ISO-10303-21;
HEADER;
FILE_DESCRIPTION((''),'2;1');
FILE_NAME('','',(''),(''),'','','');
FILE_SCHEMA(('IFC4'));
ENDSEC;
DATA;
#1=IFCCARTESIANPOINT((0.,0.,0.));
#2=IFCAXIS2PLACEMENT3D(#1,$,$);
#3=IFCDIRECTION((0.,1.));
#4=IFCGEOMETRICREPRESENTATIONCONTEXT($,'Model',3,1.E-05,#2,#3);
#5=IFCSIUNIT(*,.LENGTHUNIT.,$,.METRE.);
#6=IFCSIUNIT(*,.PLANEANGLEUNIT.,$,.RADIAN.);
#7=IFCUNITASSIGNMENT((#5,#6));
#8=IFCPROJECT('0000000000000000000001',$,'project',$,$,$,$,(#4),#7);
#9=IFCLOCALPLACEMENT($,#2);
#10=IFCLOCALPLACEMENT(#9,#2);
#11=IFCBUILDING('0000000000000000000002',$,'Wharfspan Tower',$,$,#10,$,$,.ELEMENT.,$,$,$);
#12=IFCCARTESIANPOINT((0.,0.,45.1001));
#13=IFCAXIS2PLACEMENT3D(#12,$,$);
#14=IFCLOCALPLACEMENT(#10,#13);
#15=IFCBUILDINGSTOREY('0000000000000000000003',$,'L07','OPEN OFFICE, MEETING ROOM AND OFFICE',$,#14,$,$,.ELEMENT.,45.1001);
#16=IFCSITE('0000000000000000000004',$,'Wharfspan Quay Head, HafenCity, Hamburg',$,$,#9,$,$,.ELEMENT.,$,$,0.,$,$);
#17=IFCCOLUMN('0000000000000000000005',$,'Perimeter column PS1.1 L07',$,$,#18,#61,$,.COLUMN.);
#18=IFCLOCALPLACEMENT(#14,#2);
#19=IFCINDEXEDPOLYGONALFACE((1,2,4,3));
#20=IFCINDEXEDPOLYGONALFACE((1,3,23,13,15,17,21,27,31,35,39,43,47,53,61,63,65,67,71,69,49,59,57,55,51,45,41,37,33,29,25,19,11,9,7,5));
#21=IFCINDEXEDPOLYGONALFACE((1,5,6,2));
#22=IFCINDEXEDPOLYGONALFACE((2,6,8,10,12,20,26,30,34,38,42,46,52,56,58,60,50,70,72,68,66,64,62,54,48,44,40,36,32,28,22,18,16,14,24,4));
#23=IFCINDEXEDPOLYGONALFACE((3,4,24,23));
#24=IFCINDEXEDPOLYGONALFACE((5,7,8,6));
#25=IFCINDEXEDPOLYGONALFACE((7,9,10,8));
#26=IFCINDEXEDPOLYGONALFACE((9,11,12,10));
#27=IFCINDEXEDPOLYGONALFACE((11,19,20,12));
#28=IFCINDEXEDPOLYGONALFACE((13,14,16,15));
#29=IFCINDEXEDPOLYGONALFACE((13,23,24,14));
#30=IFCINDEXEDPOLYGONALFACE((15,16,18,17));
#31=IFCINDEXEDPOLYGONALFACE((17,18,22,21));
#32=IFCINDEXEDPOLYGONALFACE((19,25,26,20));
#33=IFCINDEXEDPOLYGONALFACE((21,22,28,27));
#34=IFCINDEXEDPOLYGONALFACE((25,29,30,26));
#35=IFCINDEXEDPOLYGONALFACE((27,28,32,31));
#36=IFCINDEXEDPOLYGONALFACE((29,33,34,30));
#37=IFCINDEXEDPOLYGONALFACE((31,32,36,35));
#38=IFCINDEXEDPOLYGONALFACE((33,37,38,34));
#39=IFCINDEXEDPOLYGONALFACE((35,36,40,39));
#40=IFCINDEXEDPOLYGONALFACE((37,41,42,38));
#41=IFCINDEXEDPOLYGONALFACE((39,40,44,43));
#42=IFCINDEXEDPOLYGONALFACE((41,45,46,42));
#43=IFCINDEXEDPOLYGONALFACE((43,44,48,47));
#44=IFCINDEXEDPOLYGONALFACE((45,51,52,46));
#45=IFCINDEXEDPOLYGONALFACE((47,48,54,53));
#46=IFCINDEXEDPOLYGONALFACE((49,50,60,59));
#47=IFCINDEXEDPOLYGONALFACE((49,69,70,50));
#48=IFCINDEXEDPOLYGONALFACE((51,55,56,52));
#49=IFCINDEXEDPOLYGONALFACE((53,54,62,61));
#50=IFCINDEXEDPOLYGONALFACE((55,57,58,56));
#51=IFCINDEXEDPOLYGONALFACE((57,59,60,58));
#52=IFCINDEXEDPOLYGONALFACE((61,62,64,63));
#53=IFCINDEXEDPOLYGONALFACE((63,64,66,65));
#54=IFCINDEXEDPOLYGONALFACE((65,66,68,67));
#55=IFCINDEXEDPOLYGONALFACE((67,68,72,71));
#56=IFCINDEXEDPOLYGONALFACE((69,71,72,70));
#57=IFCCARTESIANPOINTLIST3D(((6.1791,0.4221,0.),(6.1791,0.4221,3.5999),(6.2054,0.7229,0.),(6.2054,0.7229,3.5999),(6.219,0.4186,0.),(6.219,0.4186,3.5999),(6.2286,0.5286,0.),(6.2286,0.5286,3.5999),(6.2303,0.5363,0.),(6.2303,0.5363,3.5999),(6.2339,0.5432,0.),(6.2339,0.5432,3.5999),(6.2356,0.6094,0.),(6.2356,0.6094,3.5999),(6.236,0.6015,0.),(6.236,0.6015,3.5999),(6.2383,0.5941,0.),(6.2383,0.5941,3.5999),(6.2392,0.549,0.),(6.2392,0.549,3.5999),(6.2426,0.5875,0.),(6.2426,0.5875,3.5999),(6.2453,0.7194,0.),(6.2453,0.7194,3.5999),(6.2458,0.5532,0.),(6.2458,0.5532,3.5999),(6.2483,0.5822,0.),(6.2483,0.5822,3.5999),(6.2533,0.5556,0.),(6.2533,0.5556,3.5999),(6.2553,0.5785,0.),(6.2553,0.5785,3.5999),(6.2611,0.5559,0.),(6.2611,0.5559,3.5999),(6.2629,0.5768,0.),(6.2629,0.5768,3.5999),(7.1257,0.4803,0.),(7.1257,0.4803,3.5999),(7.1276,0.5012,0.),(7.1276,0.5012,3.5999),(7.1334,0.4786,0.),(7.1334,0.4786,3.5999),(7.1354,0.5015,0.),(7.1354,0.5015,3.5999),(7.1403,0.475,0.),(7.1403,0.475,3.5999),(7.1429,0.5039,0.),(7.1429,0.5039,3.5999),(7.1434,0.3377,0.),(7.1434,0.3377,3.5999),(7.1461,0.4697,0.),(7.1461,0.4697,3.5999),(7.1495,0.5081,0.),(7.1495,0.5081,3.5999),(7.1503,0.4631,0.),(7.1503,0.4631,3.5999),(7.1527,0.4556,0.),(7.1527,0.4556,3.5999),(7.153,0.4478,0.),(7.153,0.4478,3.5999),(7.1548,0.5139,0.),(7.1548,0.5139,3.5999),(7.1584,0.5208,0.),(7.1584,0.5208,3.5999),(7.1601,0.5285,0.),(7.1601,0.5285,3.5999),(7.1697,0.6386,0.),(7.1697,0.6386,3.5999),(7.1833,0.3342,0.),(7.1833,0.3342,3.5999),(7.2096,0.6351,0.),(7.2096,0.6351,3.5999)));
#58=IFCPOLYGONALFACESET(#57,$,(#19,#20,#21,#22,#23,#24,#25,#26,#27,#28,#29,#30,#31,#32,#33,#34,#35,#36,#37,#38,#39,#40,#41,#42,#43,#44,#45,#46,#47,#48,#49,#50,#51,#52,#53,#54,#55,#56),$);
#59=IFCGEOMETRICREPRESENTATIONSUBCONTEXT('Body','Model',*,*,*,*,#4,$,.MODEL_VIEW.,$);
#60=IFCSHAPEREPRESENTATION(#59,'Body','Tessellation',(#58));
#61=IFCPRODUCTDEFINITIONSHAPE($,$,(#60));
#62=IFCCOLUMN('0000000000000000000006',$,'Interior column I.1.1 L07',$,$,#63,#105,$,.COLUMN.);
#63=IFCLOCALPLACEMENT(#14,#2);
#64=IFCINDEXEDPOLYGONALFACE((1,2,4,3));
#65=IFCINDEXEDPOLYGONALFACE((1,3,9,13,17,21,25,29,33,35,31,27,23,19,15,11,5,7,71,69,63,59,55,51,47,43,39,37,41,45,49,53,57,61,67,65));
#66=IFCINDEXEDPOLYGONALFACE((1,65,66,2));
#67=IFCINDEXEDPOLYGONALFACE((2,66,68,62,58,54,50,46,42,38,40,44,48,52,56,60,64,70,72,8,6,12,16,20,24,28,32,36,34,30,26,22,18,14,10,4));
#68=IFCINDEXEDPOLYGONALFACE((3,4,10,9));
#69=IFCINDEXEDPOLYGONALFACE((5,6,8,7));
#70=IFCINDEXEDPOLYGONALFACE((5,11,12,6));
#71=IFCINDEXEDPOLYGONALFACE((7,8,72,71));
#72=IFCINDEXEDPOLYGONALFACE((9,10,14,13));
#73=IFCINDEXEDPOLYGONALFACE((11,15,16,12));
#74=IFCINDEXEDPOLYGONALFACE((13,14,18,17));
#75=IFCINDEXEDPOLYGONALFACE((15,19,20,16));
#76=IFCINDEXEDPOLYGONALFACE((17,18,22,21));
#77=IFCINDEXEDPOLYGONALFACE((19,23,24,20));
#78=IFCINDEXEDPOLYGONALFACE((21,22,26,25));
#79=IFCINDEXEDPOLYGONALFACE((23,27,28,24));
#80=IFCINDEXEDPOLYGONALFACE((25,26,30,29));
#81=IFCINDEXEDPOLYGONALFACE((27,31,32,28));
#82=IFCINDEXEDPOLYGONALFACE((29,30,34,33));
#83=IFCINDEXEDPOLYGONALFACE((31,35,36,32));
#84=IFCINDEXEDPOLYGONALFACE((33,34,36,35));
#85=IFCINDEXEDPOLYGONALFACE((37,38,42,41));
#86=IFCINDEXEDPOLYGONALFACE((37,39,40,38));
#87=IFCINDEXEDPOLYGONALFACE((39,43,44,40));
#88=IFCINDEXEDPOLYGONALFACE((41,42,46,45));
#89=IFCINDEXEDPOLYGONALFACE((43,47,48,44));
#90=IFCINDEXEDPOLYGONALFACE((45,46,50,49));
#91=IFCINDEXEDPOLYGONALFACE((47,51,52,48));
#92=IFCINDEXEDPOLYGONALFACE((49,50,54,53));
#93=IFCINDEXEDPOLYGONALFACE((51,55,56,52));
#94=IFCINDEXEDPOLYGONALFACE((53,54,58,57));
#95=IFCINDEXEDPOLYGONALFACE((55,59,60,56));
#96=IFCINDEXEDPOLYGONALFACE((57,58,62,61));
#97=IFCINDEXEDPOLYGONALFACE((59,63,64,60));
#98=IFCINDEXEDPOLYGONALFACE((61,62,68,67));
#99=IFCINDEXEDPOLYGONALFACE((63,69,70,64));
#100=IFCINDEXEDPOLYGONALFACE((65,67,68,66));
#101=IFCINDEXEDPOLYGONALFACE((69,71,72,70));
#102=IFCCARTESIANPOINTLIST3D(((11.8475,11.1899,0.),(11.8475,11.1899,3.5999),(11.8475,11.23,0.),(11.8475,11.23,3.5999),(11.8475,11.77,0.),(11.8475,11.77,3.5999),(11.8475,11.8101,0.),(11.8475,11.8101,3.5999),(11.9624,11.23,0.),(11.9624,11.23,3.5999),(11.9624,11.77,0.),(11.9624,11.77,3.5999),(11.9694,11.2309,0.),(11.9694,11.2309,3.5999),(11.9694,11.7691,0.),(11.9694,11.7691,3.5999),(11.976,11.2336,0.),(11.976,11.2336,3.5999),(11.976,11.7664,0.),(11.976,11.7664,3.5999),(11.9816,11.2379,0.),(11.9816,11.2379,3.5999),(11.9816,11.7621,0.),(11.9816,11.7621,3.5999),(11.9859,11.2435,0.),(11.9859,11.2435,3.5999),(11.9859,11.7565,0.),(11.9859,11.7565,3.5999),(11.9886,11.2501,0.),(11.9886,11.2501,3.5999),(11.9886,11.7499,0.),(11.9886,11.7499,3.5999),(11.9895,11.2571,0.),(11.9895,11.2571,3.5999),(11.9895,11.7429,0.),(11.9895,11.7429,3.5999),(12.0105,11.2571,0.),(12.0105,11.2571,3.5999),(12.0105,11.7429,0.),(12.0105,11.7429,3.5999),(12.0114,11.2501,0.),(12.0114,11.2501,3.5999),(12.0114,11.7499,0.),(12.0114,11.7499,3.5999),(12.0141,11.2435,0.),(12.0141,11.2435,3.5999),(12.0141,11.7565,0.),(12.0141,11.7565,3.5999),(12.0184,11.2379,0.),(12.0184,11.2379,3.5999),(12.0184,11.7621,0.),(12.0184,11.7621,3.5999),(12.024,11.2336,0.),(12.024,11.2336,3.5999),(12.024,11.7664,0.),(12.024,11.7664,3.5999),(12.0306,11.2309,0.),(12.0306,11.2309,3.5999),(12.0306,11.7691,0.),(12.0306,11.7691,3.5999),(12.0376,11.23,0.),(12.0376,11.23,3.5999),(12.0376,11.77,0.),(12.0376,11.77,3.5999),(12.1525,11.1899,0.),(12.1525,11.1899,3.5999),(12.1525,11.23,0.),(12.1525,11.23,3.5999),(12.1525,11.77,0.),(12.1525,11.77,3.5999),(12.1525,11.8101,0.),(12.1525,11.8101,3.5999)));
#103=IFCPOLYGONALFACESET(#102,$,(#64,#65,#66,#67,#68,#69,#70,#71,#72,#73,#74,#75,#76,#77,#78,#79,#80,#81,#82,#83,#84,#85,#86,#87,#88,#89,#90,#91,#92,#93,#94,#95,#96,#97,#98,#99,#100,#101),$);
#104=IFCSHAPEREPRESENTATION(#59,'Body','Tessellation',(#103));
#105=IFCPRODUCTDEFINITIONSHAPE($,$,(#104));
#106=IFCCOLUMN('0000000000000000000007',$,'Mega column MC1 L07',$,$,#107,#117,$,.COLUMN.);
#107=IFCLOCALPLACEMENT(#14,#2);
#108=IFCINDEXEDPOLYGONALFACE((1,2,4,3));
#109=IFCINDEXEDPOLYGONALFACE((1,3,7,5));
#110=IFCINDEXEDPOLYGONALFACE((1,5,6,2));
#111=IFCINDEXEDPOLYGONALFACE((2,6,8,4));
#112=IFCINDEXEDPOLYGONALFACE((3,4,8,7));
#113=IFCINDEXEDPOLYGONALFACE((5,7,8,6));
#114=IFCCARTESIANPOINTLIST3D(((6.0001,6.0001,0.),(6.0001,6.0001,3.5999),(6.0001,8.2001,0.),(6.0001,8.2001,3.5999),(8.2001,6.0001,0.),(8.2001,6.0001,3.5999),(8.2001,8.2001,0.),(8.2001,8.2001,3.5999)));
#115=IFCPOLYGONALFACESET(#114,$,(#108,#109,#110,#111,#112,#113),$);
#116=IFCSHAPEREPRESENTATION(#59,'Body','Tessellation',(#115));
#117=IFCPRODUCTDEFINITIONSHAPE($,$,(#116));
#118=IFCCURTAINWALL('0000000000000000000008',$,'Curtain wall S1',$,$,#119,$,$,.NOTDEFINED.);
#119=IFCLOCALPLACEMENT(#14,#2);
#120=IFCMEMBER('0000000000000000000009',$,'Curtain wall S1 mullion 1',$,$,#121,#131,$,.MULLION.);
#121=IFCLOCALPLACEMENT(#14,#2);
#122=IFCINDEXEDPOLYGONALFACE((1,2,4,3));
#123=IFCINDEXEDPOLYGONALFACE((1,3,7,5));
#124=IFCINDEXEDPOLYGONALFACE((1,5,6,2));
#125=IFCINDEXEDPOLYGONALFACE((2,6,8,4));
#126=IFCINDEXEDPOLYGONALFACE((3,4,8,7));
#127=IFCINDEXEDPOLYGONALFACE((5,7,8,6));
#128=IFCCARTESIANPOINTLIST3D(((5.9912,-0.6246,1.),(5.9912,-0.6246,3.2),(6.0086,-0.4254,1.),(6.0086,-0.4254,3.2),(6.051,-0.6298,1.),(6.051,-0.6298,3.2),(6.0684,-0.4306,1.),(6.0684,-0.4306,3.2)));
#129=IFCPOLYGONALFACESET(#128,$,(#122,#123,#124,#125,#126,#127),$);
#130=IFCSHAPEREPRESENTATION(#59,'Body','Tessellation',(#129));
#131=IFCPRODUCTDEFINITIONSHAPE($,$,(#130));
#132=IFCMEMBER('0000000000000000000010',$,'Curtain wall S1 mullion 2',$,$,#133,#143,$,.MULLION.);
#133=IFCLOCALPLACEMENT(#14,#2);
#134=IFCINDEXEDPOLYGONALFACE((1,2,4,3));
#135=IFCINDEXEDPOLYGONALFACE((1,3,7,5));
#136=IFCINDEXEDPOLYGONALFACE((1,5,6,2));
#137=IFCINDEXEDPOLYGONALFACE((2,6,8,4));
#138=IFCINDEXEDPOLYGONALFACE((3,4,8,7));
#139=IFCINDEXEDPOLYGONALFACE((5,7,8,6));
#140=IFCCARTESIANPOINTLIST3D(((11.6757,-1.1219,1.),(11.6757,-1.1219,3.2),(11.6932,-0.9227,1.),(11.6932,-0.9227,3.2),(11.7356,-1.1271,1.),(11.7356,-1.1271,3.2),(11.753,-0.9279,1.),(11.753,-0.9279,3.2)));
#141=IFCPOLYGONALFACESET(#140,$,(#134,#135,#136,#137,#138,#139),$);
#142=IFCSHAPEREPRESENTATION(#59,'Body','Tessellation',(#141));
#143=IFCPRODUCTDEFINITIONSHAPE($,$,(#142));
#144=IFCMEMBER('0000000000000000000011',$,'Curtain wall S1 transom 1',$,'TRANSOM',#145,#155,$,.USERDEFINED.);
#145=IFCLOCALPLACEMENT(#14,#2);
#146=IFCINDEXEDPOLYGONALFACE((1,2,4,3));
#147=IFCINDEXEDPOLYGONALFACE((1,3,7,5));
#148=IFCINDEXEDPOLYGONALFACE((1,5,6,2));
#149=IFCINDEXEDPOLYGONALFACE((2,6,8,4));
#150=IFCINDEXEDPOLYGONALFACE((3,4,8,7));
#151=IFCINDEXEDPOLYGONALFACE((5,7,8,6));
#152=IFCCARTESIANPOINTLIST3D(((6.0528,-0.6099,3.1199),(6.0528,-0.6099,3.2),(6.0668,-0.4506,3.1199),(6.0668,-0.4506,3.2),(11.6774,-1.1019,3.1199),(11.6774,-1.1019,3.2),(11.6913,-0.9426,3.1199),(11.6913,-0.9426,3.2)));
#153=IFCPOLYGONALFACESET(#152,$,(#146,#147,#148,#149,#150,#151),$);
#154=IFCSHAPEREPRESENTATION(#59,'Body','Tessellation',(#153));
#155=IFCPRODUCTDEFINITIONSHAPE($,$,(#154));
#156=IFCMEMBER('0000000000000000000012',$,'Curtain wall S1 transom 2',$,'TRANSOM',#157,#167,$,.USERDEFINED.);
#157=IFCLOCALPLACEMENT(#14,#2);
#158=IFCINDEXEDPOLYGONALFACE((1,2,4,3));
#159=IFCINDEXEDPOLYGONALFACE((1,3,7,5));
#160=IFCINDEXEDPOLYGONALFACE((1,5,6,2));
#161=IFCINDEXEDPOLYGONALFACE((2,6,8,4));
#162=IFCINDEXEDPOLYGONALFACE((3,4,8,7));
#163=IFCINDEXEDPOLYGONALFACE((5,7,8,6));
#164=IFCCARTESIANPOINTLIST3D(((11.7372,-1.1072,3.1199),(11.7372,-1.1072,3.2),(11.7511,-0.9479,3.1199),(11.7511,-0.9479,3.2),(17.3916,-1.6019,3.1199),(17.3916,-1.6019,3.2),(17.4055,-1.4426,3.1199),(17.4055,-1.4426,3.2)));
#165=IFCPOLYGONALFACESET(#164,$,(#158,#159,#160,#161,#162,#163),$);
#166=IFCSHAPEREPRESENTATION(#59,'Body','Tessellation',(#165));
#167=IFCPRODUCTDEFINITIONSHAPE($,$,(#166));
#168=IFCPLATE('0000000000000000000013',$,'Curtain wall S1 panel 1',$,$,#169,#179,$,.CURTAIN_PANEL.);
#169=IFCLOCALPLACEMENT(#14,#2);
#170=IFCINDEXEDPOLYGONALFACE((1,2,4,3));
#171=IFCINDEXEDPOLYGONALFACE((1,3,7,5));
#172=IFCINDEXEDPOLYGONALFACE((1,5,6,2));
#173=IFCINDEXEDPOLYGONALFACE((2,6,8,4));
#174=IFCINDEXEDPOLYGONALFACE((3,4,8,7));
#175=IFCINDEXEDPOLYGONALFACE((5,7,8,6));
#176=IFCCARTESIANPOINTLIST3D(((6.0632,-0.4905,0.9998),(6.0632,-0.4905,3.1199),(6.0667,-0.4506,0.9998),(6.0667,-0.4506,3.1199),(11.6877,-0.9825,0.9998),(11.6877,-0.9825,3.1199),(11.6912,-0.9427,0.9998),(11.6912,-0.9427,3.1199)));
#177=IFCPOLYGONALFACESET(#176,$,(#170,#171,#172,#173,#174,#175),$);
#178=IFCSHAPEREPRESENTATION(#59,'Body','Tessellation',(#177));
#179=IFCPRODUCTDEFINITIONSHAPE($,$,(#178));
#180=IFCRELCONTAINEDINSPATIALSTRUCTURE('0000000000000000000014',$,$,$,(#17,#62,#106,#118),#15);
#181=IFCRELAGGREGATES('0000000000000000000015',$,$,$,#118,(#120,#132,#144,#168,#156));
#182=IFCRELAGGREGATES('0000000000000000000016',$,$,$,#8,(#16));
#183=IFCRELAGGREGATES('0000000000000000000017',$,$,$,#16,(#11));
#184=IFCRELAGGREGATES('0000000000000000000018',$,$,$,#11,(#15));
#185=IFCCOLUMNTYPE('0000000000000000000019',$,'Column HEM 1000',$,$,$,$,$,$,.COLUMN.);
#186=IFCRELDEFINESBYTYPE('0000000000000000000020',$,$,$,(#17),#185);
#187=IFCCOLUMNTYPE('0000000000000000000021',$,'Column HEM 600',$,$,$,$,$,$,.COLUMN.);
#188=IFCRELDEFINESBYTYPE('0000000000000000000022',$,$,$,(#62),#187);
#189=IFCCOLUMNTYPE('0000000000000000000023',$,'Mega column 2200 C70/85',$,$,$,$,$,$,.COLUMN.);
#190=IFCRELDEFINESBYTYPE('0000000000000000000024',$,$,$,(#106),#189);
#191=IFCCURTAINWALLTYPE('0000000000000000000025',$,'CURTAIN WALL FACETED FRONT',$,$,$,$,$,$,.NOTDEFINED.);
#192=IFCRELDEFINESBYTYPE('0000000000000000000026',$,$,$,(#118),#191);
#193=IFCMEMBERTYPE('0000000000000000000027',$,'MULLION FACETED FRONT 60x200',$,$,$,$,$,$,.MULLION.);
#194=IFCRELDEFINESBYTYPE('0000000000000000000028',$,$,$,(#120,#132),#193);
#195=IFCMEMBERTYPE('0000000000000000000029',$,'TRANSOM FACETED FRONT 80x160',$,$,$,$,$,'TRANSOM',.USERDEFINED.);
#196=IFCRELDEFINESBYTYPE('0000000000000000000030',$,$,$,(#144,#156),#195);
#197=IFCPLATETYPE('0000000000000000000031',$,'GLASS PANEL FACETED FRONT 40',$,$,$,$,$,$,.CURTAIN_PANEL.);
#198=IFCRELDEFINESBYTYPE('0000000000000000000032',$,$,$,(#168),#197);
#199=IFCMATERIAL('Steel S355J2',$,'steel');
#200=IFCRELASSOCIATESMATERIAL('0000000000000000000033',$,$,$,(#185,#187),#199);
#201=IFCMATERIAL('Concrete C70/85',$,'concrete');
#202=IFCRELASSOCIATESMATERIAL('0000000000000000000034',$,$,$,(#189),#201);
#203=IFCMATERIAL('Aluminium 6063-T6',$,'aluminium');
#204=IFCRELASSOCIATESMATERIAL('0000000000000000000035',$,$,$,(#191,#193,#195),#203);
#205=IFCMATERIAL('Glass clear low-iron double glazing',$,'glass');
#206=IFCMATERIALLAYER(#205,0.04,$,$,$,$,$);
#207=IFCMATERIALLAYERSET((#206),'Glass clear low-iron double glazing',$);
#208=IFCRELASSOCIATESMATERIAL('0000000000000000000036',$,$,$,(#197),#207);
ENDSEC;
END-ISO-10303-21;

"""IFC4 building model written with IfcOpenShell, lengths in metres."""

from ifc_helpers import new_model, si_unit, direction, frame, origin, origin_2d, place, context, subcontext, project, spatial, rectangle, i_section, extrude, material, layer, layer_set, material_profile, profile_set, type_object, element, aggregate, save


model = new_model("IFC4")

# Units and contexts
model_context = context("Model", 3, precision=1e-05, world=origin(), true_north=direction((0.0, 1.0)))
body_context = subcontext(model_context, "Body", "Model", "MODEL_VIEW")
ifc_project = project(units=[si_unit("LENGTHUNIT", "METRE"), si_unit("PLANEANGLEUNIT", "RADIAN")], contexts=[model_context])

# Site, building, storey
site_placement = place(None, origin())
site = spatial("IfcSite", under=ifc_project, at=site_placement, Name="Wharfspan Quay Head, HafenCity, Hamburg", CompositionType="ELEMENT", RefElevation=0.0)
building_placement = place(site_placement, origin())
building = spatial("IfcBuilding", under=site, at=building_placement, Name="Wharfspan Tower", CompositionType="ELEMENT")
storey_placement = place(building_placement, frame((0.0, 0.0, 45.1001)))
storey = spatial("IfcBuildingStorey", under=building, at=storey_placement, Name="L07", Description="OPEN OFFICE, MEETING ROOM AND OFFICE", CompositionType="ELEMENT", Elevation=45.1001)

# Columns
ifc_material_1 = material(Name="Steel S355J2", Category="steel")
ifc_material_profile_1 = material_profile(ifc_material_1, i_section(OverallWidth=0.302, OverallDepth=1.0081, WebThickness=0.021, FlangeThickness=0.04, FilletRadius=0.03, at=origin_2d()))
ifc_profile_set_1 = profile_set([ifc_material_profile_1], Name="Steel S355J2")
column_type_1 = type_object("IfcColumnType", Name="Column HEM 1000", PredefinedType="COLUMN", material=ifc_profile_set_1)
column_1_placement = place(storey_placement, frame((6.6943, 0.5286, 0.0), z_axis=(0.0, 0.0, 1.0), x_axis=(-0.087156, -0.996198, 0.0)))
element("IfcColumn", 1, at=column_1_placement, inside=storey, type_object=column_type_1, Name="Perimeter column PS1.1 L07", PredefinedType="COLUMN", context=body_context, shape_type="SweptSolid", body=[
    extrude(i_section(OverallWidth=0.302, OverallDepth=1.0081, WebThickness=0.021, FlangeThickness=0.04, FilletRadius=0.03, at=origin_2d()), origin(), (0.0, 0.0, 1.0), 3.5999),
])
ifc_material_profile_2 = material_profile(ifc_material_1, i_section(OverallWidth=0.3049, OverallDepth=0.6201, WebThickness=0.021, FlangeThickness=0.04, FilletRadius=0.0271, at=origin_2d()))
ifc_profile_set_2 = profile_set([ifc_material_profile_2], Name="Steel S355J2")
column_type_2 = type_object("IfcColumnType", Name="Column HEM 600", PredefinedType="COLUMN", material=ifc_profile_set_2)
column_2_placement = place(storey_placement, frame((12.0, 11.5, 0.0), z_axis=(0.0, 0.0, 1.0), x_axis=(1.0, 0.0, 0.0)))
element("IfcColumn", 2, at=column_2_placement, inside=storey, type_object=column_type_2, Name="Interior column I.1.1 L07", PredefinedType="COLUMN", context=body_context, shape_type="SweptSolid", body=[
    extrude(i_section(OverallWidth=0.3049, OverallDepth=0.6201, WebThickness=0.021, FlangeThickness=0.04, FilletRadius=0.0271, at=origin_2d()), origin(), (0.0, 0.0, 1.0), 3.5999),
])
ifc_material_2 = material(Name="Concrete C70/85", Category="concrete")
ifc_material_profile_3 = material_profile(ifc_material_2, rectangle(XDim=2.2, YDim=2.2, at=origin_2d()))
ifc_profile_set_3 = profile_set([ifc_material_profile_3], Name="Concrete C70/85")
column_type_3 = type_object("IfcColumnType", Name="Mega column 2200 C70/85", PredefinedType="COLUMN", material=ifc_profile_set_3)
column_3_placement = place(storey_placement, frame((7.1001, 7.1001, 0.0), z_axis=(0.0, 0.0, 1.0), x_axis=(1.0, 0.0, 0.0)))
element("IfcColumn", 3, at=column_3_placement, inside=storey, type_object=column_type_3, Name="Mega column MC1 L07", PredefinedType="COLUMN", context=body_context, shape_type="SweptSolid", body=[
    extrude(rectangle(XDim=2.2, YDim=2.2, at=origin_2d()), origin(), (0.0, 0.0, 1.0), 3.5999),
])

# Curtain wall, members, plate
ifc_material_3 = material(Name="Aluminium 6063-T6", Category="aluminium")
curtain_wall_type_1 = type_object("IfcCurtainWallType", Name="CURTAIN WALL FACETED FRONT", PredefinedType="NOTDEFINED", material=ifc_material_3)
curtain_wall_1_placement = place(storey_placement, origin())
curtain_wall_1 = element("IfcCurtainWall", 4, at=curtain_wall_1_placement, inside=storey, type_object=curtain_wall_type_1, Name="Curtain wall S1", PredefinedType="NOTDEFINED")
ifc_material_profile_4 = material_profile(ifc_material_3, rectangle(XDim=0.2, YDim=0.0601, at=origin_2d()))
ifc_profile_set_4 = profile_set([ifc_material_profile_4], Name="Aluminium 6063-T6")
member_type_1 = type_object("IfcMemberType", Name="MULLION FACETED FRONT 60x200", PredefinedType="MULLION", material=ifc_profile_set_4)
member_1_placement = place(storey_placement, frame((6.0298, -0.5276, 1.0), z_axis=(0.0, 0.0, 1.0), x_axis=(0.087156, 0.996197, 0.0)))
member_1 = element("IfcMember", 5, at=member_1_placement, type_object=member_type_1, Name="Curtain wall S1 mullion 1", PredefinedType="MULLION", context=body_context, shape_type="SweptSolid", body=[
    extrude(rectangle(XDim=0.2, YDim=0.0601, at=origin_2d()), origin(), (0.0, 0.0, 1.0), 2.2),
])
member_2_placement = place(storey_placement, frame((11.7144, -1.0249, 1.0), z_axis=(0.0, 0.0, 1.0), x_axis=(0.087156, 0.996197, 0.0)))
member_2 = element("IfcMember", 6, at=member_2_placement, type_object=member_type_1, Name="Curtain wall S1 mullion 2", PredefinedType="MULLION", context=body_context, shape_type="SweptSolid", body=[
    extrude(rectangle(XDim=0.2, YDim=0.0601, at=origin_2d()), origin(), (0.0, 0.0, 1.0), 2.2),
])
ifc_material_profile_5 = material_profile(ifc_material_3, rectangle(XDim=0.1599, YDim=0.0801, at=origin_2d()))
ifc_profile_set_5 = profile_set([ifc_material_profile_5], Name="Aluminium 6063-T6")
member_type_2 = type_object("IfcMemberType", Name="TRANSOM FACETED FRONT 80x160", ElementType="TRANSOM", PredefinedType="USERDEFINED", material=ifc_profile_set_5)
member_3_placement = place(storey_placement, frame((6.0598, -0.5303, 3.1599), z_axis=(0.996197, -0.087132, 0.0), x_axis=(0.087132, 0.996197, 0.0)))
member_3 = element("IfcMember", 7, at=member_3_placement, type_object=member_type_2, Name="Curtain wall S1 transom 1", ObjectType="TRANSOM", PredefinedType="USERDEFINED", context=body_context, shape_type="SweptSolid", body=[
    extrude(rectangle(XDim=0.1599, YDim=0.0801, at=origin_2d()), origin(), (0.0, 0.0, 1.0), 5.646),
])
member_4_placement = place(storey_placement, frame((11.7441, -1.0276, 3.1599), z_axis=(0.996196, -0.087142, 0.0), x_axis=(0.087142, 0.996196, 0.0)))
member_4 = element("IfcMember", 8, at=member_4_placement, type_object=member_type_2, Name="Curtain wall S1 transom 2", ObjectType="TRANSOM", PredefinedType="USERDEFINED", context=body_context, shape_type="SweptSolid", body=[
    extrude(rectangle(XDim=0.1599, YDim=0.0801, at=origin_2d()), origin(), (0.0, 0.0, 1.0), 5.676),
])
ifc_material_4 = material(Name="Glass clear low-iron double glazing", Category="glass")
ifc_layer_1 = layer(ifc_material_4, 0.04)
ifc_layer_set_1 = layer_set([ifc_layer_1], Name="Glass clear low-iron double glazing")
plate_type_1 = type_object("IfcPlateType", Name="GLASS PANEL FACETED FRONT 40", PredefinedType="CURTAIN_PANEL", material=ifc_layer_set_1)
plate_1_placement = place(storey_placement, frame((8.8772, -0.7166, 0.9998), z_axis=(0.0, 0.0, 1.0), x_axis=(0.996197, -0.087156, 0.0)))
plate_1 = element("IfcPlate", 9, at=plate_1_placement, type_object=plate_type_1, Name="Curtain wall S1 panel 1", PredefinedType="CURTAIN_PANEL", context=body_context, shape_type="SweptSolid", body=[
    extrude(rectangle(XDim=5.646, YDim=0.04, at=origin_2d()), origin(), (0.0, 0.0, 1.0), 2.1201),
])
aggregate(curtain_wall_1, [member_1, member_2, member_3, plate_1, member_4])

save(model, "model.ifc")
